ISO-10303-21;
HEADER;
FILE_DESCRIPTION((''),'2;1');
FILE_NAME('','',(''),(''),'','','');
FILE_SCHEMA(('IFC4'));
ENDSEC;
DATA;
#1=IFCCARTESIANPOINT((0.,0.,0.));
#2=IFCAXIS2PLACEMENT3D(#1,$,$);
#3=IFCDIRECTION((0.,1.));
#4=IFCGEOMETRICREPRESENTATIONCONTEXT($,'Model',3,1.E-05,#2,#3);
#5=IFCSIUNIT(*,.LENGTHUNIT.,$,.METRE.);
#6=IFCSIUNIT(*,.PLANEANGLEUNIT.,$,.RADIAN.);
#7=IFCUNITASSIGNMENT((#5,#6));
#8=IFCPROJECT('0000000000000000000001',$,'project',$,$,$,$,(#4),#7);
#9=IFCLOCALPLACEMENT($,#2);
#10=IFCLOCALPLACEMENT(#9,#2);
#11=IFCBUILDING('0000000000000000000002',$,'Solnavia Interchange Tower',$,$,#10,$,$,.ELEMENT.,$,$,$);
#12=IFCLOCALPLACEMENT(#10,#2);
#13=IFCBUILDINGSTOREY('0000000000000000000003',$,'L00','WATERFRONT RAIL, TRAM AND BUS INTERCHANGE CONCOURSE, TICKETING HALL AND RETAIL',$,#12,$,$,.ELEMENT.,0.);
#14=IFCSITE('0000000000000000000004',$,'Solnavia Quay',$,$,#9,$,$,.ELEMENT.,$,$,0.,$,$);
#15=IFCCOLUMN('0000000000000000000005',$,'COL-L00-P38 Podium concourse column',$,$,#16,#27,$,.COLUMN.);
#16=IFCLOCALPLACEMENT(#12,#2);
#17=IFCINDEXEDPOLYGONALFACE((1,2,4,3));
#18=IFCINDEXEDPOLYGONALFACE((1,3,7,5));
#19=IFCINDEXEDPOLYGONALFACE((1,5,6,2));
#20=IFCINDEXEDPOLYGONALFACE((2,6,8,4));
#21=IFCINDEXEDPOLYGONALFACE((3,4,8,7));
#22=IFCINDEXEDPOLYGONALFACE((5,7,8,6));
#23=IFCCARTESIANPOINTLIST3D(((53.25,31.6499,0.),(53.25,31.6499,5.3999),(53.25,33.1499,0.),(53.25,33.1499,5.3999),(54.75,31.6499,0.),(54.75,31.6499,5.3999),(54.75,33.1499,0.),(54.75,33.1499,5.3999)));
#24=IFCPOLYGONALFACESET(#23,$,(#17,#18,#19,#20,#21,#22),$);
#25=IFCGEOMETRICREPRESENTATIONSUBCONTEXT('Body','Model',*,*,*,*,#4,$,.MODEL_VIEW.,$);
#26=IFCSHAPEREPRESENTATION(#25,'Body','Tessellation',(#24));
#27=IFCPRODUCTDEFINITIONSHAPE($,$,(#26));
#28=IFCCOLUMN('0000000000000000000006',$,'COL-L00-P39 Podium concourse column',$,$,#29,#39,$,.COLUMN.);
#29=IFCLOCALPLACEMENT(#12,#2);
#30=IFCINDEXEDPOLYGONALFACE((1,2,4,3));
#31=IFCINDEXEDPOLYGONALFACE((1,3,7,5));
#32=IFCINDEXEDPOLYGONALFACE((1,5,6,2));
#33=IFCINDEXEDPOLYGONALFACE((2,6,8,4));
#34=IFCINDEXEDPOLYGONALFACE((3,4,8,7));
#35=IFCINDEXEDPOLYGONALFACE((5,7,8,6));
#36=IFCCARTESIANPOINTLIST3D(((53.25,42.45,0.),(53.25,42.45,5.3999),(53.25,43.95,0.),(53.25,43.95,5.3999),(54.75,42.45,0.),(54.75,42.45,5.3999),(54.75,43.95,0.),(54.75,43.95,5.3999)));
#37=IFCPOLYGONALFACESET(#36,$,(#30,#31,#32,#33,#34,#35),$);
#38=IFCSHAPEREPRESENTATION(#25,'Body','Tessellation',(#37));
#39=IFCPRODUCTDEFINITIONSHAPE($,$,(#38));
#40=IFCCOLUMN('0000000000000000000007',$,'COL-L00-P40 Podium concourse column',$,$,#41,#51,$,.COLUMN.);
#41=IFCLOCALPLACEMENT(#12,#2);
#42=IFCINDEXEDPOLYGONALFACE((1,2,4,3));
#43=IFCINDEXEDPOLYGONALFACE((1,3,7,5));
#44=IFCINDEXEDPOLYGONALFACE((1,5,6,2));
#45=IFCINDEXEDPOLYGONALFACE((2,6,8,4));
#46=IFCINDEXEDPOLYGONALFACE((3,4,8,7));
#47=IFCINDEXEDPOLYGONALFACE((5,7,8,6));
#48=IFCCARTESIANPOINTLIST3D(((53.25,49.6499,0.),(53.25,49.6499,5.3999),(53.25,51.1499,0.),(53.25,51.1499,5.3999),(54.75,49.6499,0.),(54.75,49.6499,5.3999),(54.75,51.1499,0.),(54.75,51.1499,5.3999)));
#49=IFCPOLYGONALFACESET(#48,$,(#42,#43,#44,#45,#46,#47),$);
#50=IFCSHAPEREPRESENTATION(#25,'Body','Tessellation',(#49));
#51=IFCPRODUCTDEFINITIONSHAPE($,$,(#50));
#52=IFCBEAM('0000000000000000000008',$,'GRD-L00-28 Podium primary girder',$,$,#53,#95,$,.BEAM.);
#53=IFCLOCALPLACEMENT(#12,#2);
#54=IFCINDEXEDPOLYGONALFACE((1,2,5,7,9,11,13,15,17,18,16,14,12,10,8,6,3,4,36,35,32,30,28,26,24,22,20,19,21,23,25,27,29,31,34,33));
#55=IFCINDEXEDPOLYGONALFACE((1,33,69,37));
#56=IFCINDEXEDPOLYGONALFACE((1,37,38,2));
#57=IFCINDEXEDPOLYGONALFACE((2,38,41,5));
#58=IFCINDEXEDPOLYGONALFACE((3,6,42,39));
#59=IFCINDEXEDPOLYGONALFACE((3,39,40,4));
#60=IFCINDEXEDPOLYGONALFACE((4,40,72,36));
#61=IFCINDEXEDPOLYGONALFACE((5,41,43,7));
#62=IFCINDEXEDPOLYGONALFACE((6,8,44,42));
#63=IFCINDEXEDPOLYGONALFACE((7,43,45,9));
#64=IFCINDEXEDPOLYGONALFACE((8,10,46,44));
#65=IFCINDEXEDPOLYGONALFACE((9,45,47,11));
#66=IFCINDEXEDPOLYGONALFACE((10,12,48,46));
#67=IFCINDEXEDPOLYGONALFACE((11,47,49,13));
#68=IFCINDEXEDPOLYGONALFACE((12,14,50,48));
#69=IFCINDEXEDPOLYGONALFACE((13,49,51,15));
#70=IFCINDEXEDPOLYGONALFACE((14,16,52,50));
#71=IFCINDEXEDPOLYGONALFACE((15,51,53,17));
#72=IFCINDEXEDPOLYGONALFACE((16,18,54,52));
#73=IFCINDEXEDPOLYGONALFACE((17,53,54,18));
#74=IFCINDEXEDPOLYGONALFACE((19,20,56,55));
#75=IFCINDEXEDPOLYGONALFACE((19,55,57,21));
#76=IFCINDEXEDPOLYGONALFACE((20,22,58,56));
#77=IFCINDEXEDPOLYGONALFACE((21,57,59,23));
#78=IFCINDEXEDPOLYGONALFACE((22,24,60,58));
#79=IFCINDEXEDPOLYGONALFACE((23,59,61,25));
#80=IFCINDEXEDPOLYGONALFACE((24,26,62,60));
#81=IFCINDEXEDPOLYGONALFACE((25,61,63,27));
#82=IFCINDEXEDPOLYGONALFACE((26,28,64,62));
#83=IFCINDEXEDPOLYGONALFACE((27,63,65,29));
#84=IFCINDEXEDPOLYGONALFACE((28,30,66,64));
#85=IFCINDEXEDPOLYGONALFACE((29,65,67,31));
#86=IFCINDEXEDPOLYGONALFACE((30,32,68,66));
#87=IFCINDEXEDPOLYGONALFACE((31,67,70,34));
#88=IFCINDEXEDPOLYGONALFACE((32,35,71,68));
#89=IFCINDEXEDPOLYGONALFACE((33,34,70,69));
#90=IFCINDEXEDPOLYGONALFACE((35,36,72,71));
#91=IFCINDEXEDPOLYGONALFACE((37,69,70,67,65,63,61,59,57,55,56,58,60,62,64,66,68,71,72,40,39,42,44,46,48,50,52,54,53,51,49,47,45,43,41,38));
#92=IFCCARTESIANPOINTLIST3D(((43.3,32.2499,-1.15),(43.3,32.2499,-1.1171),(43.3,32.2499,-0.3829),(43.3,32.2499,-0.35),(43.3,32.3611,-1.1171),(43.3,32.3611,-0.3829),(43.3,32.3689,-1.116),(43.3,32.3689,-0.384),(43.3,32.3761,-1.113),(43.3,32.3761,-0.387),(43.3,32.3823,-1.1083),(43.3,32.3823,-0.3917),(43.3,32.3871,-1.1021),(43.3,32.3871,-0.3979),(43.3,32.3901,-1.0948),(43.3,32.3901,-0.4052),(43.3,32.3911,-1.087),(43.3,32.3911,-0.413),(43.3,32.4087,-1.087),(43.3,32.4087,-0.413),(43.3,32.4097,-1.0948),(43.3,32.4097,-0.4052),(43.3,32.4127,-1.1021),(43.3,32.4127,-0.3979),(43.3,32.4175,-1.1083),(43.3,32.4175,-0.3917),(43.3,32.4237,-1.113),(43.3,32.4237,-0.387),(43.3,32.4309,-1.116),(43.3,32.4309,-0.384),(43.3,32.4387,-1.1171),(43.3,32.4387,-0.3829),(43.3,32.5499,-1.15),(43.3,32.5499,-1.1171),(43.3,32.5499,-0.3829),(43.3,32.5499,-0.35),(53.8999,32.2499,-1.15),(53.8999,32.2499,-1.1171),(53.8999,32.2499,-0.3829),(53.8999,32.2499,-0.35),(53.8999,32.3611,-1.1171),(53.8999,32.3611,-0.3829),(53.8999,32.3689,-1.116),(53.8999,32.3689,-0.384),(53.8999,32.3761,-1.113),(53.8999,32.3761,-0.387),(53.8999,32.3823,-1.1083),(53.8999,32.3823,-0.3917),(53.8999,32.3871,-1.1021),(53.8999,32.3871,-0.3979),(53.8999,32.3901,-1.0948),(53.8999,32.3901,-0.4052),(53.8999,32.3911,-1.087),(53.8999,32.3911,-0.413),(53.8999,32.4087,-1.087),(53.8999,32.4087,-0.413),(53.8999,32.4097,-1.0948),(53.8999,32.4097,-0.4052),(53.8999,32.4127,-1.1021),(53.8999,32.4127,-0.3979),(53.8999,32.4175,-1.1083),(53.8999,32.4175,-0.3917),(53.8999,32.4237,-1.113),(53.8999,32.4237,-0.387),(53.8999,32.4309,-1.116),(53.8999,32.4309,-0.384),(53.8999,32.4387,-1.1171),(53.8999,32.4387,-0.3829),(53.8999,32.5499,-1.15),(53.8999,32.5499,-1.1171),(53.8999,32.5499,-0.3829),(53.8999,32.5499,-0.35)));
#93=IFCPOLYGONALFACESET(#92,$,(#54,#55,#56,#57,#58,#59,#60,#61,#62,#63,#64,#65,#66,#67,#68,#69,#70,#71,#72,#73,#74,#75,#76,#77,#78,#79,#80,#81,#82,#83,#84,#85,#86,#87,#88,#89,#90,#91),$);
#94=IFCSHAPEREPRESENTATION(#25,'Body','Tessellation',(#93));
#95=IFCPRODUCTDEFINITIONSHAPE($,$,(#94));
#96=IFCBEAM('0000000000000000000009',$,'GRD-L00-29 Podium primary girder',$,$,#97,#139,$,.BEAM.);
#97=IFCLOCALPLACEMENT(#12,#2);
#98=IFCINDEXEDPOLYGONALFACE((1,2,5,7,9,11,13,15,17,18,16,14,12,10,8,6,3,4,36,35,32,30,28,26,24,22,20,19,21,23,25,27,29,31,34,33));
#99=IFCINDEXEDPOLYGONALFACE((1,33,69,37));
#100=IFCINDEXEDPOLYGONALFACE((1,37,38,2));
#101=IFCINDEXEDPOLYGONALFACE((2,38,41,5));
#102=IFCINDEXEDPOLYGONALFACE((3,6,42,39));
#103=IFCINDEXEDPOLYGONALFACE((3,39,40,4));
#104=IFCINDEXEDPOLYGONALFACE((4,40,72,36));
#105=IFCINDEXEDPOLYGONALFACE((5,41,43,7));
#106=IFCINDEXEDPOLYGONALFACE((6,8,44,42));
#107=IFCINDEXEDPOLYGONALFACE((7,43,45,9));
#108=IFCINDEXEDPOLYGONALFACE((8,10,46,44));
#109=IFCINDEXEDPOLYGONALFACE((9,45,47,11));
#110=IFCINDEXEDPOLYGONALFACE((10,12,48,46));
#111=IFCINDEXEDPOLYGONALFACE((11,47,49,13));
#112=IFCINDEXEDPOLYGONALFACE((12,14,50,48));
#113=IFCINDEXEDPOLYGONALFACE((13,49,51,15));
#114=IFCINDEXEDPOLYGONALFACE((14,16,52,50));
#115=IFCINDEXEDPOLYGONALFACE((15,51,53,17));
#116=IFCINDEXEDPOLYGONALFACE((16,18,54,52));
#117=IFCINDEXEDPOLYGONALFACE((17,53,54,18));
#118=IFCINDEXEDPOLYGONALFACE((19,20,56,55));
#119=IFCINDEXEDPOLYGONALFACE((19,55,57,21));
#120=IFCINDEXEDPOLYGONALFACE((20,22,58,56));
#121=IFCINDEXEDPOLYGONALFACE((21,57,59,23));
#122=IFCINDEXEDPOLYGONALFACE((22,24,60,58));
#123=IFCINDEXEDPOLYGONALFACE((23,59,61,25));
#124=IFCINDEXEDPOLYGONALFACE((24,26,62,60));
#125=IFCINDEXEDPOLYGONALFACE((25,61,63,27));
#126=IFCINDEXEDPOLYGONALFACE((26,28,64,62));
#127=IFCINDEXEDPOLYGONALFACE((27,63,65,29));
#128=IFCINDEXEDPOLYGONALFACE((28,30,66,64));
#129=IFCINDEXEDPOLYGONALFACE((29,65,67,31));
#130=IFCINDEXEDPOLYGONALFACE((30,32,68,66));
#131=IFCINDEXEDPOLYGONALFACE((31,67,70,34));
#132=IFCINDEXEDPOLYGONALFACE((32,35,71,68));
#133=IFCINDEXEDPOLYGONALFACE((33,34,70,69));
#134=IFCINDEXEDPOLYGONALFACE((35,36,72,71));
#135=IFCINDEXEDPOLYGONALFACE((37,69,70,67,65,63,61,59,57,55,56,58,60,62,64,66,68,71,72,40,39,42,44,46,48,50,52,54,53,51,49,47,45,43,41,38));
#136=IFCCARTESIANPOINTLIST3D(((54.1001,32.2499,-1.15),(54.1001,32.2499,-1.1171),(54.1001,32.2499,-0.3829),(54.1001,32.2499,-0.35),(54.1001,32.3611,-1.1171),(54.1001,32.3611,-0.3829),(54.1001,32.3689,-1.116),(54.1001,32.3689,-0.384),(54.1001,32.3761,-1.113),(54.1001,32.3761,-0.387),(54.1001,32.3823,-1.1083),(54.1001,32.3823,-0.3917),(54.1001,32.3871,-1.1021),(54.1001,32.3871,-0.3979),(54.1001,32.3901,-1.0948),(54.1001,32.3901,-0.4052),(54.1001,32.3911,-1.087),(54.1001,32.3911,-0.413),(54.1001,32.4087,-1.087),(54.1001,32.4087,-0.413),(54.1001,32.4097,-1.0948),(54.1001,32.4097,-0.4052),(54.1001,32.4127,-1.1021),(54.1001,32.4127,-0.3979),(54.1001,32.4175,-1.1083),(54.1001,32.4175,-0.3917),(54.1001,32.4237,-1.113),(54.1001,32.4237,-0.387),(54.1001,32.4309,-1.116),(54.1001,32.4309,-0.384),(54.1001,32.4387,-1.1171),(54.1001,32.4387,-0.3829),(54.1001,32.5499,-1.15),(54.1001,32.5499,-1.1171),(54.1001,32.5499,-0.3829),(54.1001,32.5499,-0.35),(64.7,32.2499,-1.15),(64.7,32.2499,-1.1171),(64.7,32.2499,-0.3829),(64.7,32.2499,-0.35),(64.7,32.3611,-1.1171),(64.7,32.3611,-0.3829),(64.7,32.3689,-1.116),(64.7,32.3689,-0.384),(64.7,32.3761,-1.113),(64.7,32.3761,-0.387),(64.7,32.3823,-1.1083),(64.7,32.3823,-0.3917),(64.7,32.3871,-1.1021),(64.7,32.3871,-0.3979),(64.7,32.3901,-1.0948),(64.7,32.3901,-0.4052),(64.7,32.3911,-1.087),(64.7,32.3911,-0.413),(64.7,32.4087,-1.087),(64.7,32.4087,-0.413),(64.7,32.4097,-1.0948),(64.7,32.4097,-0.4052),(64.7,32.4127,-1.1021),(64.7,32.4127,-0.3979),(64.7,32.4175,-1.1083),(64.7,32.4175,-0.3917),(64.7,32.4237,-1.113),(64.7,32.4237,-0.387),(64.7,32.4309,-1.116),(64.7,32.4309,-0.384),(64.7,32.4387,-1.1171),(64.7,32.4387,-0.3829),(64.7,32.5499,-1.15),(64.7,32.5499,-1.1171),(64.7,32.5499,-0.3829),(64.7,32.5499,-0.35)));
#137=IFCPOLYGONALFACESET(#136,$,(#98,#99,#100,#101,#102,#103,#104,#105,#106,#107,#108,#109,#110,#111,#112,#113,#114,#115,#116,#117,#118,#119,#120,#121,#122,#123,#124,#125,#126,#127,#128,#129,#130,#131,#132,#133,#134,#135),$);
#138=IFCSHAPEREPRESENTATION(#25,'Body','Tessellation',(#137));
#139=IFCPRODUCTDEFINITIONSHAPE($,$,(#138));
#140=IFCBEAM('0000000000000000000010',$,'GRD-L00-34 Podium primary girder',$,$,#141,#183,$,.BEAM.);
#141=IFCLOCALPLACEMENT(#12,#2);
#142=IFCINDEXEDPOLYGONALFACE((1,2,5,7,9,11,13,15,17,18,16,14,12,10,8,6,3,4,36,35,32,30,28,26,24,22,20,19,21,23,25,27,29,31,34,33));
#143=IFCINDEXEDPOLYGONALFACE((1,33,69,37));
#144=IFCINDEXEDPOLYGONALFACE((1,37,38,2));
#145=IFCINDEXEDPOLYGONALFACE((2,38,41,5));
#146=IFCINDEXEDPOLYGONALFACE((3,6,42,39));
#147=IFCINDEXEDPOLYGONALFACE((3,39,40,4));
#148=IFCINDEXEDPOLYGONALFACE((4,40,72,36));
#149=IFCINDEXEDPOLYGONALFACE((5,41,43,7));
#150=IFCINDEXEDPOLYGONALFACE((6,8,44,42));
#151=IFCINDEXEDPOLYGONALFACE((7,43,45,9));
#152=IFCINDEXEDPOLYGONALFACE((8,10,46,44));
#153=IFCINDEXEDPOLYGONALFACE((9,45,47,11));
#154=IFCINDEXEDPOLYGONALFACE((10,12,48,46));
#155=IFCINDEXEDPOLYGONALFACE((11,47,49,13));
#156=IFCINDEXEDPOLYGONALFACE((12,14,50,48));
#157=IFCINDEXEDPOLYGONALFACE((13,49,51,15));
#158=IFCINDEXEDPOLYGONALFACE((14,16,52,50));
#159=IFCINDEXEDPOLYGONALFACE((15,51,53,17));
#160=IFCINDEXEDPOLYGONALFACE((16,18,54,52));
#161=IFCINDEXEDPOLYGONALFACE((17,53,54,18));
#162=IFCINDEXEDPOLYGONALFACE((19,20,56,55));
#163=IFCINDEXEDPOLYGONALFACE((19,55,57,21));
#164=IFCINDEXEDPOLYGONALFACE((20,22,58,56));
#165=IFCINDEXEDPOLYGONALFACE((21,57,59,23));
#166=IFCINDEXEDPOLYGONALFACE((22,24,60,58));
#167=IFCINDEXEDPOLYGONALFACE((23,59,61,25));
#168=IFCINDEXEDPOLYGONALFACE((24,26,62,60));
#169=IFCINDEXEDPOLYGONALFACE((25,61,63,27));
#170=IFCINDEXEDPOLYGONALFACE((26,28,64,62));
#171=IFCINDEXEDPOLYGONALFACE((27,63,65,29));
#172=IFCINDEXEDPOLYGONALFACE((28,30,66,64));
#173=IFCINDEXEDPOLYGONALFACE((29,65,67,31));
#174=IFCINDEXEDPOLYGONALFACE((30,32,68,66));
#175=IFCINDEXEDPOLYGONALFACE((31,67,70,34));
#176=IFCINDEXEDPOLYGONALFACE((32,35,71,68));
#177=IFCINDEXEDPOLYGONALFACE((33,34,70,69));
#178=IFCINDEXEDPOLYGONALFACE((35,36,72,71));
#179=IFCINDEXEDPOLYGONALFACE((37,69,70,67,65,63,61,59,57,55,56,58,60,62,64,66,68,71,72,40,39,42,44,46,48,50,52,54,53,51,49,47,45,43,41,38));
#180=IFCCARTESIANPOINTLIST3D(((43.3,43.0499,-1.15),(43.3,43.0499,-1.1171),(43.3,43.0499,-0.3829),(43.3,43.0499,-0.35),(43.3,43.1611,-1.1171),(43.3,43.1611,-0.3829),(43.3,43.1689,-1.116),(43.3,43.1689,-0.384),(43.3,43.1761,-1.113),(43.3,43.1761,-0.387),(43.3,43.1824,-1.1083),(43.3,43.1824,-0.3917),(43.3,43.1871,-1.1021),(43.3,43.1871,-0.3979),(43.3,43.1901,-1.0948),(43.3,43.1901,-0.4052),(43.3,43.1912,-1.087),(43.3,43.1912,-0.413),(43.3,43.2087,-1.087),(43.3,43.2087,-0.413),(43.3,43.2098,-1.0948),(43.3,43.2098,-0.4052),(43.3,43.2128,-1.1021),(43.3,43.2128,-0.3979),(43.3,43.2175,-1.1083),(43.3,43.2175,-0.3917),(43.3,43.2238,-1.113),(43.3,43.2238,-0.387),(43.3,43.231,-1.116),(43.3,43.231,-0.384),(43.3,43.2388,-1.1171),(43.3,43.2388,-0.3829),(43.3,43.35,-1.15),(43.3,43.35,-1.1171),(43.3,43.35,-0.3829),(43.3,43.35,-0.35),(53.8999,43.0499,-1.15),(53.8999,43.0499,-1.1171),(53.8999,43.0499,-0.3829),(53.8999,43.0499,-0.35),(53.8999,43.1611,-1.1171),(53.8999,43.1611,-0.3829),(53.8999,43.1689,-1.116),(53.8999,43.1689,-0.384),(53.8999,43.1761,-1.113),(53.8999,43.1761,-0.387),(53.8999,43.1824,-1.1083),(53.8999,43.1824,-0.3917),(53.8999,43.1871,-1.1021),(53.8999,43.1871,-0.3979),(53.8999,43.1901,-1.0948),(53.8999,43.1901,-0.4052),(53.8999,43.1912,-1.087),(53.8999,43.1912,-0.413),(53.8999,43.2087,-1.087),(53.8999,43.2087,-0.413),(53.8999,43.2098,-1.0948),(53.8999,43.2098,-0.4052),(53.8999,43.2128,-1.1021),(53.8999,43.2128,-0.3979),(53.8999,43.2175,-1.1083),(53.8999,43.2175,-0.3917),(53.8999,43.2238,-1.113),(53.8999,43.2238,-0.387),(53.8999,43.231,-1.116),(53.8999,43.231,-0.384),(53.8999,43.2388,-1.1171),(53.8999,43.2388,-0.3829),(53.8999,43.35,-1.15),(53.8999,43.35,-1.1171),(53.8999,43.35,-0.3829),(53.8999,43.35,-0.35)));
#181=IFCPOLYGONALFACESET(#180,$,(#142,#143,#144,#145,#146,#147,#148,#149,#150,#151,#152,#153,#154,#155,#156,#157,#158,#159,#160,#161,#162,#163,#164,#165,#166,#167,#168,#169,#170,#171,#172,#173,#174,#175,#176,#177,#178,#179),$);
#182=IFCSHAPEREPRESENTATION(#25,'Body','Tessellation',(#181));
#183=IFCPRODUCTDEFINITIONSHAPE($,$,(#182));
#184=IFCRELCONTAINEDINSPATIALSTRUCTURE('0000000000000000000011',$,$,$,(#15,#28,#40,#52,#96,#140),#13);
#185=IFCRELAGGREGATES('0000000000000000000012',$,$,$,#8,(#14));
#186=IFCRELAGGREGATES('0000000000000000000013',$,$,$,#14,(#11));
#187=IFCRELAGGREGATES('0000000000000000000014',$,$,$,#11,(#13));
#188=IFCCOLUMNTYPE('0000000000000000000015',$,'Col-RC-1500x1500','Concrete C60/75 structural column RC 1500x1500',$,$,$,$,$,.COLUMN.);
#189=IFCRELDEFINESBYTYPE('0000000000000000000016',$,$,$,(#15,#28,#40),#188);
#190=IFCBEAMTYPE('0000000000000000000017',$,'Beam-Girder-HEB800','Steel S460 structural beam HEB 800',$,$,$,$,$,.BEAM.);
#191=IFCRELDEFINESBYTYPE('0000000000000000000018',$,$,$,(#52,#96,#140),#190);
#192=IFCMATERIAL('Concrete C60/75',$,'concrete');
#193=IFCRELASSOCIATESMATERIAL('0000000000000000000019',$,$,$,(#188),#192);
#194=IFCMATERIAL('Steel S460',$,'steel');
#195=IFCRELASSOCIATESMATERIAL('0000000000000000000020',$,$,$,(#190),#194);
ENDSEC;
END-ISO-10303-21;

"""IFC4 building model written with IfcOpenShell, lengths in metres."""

from ifc_helpers import new_model, si_unit, direction, frame, origin, origin_2d, place, context, subcontext, project, spatial, rectangle, i_section, extrude, material, material_profile, profile_set, type_object, element, save


model = new_model("IFC4")

# Units and contexts
model_context = context("Model", 3, precision=1e-05, world=origin(), true_north=direction((0.0, 1.0)))
body_context = subcontext(model_context, "Body", "Model", "MODEL_VIEW")
ifc_project = project(units=[si_unit("LENGTHUNIT", "METRE"), si_unit("PLANEANGLEUNIT", "RADIAN")], contexts=[model_context])

# Site, building, storey
site_placement = place(None, origin())
site = spatial("IfcSite", under=ifc_project, at=site_placement, Name="Solnavia Quay", CompositionType="ELEMENT", RefElevation=0.0)
building_placement = place(site_placement, origin())
building = spatial("IfcBuilding", under=site, at=building_placement, Name="Solnavia Interchange Tower", CompositionType="ELEMENT")
storey_placement = place(building_placement, origin())
storey = spatial("IfcBuildingStorey", under=building, at=storey_placement, Name="L00", Description="WATERFRONT RAIL, TRAM AND BUS INTERCHANGE CONCOURSE, TICKETING HALL AND RETAIL", CompositionType="ELEMENT", Elevation=0.0)

# Columns
ifc_material_1 = material(Name="Concrete C60/75", Category="concrete")
ifc_material_profile_1 = material_profile(ifc_material_1, rectangle(XDim=1.5, YDim=1.5, at=origin_2d()), Name="RC 1500x1500")
ifc_profile_set_1 = profile_set([ifc_material_profile_1], Name="Concrete C60/75")
column_type = type_object("IfcColumnType", Name="Col-RC-1500x1500", Description="Concrete C60/75 structural column RC 1500x1500", PredefinedType="COLUMN", material=ifc_profile_set_1)
for number, where, z_axis, x_axis, name in (
    (1, (54.0, 32.3999, 0.0), (0.0, 0.0, 1.0), (1.0, 0.0, 0.0), "COL-L00-P38 Podium concourse column"),
    (2, (54.0, 43.2, 0.0), (0.0, 0.0, 1.0), (1.0, 0.0, 0.0), "COL-L00-P39 Podium concourse column"),
    (3, (54.0, 50.3999, 0.0), (0.0, 0.0, 1.0), (1.0, 0.0, 0.0), "COL-L00-P40 Podium concourse column"),
):
    element("IfcColumn", number, at=place(storey_placement, frame(where, z_axis=z_axis, x_axis=x_axis)), inside=storey, type_object=column_type, Name=name, PredefinedType="COLUMN", context=body_context, shape_type="SweptSolid", body=[
        extrude(rectangle(XDim=1.5, YDim=1.5, at=origin_2d()), origin(), (0.0, 0.0, 1.0), 5.3999),
    ])

# Beams
ifc_material_2 = material(Name="Steel S460", Category="steel")
ifc_material_profile_2 = material_profile(ifc_material_2, i_section(OverallWidth=0.3, OverallDepth=0.8, WebThickness=0.0176, FlangeThickness=0.033, FilletRadius=0.03, at=origin_2d()), Name="HEB 800")
ifc_profile_set_2 = profile_set([ifc_material_profile_2], Name="Steel S460")
beam_type_1 = type_object("IfcBeamType", Name="Beam-Girder-HEB800", Description="Steel S460 structural beam HEB 800", PredefinedType="BEAM", material=ifc_profile_set_2)
for number, where, z_axis, x_axis, name in (
    (4, (43.3, 32.3999, -0.75), (1.0, 0.0, 0.0), (0.0, 1.0, 0.0), "GRD-L00-28 Podium primary girder"),
    (5, (54.1001, 32.3999, -0.75), (1.0, 0.0, 0.0), (0.0, 1.0, 0.0), "GRD-L00-29 Podium primary girder"),
    (6, (43.3, 43.2, -0.75), (1.0, 0.0, 0.0), (0.0, 1.0, 0.0), "GRD-L00-34 Podium primary girder"),
):
    element("IfcBeam", number, at=place(storey_placement, frame(where, z_axis=z_axis, x_axis=x_axis)), inside=storey, type_object=beam_type_1, Name=name, PredefinedType="BEAM", context=body_context, shape_type="SweptSolid", body=[
        extrude(i_section(OverallWidth=0.3, OverallDepth=0.8, WebThickness=0.0176, FlangeThickness=0.033, FilletRadius=0.03, at=origin_2d()), origin(), (0.0, 0.0, 1.0), 10.5999),
    ])

save(model, "model.ifc")
